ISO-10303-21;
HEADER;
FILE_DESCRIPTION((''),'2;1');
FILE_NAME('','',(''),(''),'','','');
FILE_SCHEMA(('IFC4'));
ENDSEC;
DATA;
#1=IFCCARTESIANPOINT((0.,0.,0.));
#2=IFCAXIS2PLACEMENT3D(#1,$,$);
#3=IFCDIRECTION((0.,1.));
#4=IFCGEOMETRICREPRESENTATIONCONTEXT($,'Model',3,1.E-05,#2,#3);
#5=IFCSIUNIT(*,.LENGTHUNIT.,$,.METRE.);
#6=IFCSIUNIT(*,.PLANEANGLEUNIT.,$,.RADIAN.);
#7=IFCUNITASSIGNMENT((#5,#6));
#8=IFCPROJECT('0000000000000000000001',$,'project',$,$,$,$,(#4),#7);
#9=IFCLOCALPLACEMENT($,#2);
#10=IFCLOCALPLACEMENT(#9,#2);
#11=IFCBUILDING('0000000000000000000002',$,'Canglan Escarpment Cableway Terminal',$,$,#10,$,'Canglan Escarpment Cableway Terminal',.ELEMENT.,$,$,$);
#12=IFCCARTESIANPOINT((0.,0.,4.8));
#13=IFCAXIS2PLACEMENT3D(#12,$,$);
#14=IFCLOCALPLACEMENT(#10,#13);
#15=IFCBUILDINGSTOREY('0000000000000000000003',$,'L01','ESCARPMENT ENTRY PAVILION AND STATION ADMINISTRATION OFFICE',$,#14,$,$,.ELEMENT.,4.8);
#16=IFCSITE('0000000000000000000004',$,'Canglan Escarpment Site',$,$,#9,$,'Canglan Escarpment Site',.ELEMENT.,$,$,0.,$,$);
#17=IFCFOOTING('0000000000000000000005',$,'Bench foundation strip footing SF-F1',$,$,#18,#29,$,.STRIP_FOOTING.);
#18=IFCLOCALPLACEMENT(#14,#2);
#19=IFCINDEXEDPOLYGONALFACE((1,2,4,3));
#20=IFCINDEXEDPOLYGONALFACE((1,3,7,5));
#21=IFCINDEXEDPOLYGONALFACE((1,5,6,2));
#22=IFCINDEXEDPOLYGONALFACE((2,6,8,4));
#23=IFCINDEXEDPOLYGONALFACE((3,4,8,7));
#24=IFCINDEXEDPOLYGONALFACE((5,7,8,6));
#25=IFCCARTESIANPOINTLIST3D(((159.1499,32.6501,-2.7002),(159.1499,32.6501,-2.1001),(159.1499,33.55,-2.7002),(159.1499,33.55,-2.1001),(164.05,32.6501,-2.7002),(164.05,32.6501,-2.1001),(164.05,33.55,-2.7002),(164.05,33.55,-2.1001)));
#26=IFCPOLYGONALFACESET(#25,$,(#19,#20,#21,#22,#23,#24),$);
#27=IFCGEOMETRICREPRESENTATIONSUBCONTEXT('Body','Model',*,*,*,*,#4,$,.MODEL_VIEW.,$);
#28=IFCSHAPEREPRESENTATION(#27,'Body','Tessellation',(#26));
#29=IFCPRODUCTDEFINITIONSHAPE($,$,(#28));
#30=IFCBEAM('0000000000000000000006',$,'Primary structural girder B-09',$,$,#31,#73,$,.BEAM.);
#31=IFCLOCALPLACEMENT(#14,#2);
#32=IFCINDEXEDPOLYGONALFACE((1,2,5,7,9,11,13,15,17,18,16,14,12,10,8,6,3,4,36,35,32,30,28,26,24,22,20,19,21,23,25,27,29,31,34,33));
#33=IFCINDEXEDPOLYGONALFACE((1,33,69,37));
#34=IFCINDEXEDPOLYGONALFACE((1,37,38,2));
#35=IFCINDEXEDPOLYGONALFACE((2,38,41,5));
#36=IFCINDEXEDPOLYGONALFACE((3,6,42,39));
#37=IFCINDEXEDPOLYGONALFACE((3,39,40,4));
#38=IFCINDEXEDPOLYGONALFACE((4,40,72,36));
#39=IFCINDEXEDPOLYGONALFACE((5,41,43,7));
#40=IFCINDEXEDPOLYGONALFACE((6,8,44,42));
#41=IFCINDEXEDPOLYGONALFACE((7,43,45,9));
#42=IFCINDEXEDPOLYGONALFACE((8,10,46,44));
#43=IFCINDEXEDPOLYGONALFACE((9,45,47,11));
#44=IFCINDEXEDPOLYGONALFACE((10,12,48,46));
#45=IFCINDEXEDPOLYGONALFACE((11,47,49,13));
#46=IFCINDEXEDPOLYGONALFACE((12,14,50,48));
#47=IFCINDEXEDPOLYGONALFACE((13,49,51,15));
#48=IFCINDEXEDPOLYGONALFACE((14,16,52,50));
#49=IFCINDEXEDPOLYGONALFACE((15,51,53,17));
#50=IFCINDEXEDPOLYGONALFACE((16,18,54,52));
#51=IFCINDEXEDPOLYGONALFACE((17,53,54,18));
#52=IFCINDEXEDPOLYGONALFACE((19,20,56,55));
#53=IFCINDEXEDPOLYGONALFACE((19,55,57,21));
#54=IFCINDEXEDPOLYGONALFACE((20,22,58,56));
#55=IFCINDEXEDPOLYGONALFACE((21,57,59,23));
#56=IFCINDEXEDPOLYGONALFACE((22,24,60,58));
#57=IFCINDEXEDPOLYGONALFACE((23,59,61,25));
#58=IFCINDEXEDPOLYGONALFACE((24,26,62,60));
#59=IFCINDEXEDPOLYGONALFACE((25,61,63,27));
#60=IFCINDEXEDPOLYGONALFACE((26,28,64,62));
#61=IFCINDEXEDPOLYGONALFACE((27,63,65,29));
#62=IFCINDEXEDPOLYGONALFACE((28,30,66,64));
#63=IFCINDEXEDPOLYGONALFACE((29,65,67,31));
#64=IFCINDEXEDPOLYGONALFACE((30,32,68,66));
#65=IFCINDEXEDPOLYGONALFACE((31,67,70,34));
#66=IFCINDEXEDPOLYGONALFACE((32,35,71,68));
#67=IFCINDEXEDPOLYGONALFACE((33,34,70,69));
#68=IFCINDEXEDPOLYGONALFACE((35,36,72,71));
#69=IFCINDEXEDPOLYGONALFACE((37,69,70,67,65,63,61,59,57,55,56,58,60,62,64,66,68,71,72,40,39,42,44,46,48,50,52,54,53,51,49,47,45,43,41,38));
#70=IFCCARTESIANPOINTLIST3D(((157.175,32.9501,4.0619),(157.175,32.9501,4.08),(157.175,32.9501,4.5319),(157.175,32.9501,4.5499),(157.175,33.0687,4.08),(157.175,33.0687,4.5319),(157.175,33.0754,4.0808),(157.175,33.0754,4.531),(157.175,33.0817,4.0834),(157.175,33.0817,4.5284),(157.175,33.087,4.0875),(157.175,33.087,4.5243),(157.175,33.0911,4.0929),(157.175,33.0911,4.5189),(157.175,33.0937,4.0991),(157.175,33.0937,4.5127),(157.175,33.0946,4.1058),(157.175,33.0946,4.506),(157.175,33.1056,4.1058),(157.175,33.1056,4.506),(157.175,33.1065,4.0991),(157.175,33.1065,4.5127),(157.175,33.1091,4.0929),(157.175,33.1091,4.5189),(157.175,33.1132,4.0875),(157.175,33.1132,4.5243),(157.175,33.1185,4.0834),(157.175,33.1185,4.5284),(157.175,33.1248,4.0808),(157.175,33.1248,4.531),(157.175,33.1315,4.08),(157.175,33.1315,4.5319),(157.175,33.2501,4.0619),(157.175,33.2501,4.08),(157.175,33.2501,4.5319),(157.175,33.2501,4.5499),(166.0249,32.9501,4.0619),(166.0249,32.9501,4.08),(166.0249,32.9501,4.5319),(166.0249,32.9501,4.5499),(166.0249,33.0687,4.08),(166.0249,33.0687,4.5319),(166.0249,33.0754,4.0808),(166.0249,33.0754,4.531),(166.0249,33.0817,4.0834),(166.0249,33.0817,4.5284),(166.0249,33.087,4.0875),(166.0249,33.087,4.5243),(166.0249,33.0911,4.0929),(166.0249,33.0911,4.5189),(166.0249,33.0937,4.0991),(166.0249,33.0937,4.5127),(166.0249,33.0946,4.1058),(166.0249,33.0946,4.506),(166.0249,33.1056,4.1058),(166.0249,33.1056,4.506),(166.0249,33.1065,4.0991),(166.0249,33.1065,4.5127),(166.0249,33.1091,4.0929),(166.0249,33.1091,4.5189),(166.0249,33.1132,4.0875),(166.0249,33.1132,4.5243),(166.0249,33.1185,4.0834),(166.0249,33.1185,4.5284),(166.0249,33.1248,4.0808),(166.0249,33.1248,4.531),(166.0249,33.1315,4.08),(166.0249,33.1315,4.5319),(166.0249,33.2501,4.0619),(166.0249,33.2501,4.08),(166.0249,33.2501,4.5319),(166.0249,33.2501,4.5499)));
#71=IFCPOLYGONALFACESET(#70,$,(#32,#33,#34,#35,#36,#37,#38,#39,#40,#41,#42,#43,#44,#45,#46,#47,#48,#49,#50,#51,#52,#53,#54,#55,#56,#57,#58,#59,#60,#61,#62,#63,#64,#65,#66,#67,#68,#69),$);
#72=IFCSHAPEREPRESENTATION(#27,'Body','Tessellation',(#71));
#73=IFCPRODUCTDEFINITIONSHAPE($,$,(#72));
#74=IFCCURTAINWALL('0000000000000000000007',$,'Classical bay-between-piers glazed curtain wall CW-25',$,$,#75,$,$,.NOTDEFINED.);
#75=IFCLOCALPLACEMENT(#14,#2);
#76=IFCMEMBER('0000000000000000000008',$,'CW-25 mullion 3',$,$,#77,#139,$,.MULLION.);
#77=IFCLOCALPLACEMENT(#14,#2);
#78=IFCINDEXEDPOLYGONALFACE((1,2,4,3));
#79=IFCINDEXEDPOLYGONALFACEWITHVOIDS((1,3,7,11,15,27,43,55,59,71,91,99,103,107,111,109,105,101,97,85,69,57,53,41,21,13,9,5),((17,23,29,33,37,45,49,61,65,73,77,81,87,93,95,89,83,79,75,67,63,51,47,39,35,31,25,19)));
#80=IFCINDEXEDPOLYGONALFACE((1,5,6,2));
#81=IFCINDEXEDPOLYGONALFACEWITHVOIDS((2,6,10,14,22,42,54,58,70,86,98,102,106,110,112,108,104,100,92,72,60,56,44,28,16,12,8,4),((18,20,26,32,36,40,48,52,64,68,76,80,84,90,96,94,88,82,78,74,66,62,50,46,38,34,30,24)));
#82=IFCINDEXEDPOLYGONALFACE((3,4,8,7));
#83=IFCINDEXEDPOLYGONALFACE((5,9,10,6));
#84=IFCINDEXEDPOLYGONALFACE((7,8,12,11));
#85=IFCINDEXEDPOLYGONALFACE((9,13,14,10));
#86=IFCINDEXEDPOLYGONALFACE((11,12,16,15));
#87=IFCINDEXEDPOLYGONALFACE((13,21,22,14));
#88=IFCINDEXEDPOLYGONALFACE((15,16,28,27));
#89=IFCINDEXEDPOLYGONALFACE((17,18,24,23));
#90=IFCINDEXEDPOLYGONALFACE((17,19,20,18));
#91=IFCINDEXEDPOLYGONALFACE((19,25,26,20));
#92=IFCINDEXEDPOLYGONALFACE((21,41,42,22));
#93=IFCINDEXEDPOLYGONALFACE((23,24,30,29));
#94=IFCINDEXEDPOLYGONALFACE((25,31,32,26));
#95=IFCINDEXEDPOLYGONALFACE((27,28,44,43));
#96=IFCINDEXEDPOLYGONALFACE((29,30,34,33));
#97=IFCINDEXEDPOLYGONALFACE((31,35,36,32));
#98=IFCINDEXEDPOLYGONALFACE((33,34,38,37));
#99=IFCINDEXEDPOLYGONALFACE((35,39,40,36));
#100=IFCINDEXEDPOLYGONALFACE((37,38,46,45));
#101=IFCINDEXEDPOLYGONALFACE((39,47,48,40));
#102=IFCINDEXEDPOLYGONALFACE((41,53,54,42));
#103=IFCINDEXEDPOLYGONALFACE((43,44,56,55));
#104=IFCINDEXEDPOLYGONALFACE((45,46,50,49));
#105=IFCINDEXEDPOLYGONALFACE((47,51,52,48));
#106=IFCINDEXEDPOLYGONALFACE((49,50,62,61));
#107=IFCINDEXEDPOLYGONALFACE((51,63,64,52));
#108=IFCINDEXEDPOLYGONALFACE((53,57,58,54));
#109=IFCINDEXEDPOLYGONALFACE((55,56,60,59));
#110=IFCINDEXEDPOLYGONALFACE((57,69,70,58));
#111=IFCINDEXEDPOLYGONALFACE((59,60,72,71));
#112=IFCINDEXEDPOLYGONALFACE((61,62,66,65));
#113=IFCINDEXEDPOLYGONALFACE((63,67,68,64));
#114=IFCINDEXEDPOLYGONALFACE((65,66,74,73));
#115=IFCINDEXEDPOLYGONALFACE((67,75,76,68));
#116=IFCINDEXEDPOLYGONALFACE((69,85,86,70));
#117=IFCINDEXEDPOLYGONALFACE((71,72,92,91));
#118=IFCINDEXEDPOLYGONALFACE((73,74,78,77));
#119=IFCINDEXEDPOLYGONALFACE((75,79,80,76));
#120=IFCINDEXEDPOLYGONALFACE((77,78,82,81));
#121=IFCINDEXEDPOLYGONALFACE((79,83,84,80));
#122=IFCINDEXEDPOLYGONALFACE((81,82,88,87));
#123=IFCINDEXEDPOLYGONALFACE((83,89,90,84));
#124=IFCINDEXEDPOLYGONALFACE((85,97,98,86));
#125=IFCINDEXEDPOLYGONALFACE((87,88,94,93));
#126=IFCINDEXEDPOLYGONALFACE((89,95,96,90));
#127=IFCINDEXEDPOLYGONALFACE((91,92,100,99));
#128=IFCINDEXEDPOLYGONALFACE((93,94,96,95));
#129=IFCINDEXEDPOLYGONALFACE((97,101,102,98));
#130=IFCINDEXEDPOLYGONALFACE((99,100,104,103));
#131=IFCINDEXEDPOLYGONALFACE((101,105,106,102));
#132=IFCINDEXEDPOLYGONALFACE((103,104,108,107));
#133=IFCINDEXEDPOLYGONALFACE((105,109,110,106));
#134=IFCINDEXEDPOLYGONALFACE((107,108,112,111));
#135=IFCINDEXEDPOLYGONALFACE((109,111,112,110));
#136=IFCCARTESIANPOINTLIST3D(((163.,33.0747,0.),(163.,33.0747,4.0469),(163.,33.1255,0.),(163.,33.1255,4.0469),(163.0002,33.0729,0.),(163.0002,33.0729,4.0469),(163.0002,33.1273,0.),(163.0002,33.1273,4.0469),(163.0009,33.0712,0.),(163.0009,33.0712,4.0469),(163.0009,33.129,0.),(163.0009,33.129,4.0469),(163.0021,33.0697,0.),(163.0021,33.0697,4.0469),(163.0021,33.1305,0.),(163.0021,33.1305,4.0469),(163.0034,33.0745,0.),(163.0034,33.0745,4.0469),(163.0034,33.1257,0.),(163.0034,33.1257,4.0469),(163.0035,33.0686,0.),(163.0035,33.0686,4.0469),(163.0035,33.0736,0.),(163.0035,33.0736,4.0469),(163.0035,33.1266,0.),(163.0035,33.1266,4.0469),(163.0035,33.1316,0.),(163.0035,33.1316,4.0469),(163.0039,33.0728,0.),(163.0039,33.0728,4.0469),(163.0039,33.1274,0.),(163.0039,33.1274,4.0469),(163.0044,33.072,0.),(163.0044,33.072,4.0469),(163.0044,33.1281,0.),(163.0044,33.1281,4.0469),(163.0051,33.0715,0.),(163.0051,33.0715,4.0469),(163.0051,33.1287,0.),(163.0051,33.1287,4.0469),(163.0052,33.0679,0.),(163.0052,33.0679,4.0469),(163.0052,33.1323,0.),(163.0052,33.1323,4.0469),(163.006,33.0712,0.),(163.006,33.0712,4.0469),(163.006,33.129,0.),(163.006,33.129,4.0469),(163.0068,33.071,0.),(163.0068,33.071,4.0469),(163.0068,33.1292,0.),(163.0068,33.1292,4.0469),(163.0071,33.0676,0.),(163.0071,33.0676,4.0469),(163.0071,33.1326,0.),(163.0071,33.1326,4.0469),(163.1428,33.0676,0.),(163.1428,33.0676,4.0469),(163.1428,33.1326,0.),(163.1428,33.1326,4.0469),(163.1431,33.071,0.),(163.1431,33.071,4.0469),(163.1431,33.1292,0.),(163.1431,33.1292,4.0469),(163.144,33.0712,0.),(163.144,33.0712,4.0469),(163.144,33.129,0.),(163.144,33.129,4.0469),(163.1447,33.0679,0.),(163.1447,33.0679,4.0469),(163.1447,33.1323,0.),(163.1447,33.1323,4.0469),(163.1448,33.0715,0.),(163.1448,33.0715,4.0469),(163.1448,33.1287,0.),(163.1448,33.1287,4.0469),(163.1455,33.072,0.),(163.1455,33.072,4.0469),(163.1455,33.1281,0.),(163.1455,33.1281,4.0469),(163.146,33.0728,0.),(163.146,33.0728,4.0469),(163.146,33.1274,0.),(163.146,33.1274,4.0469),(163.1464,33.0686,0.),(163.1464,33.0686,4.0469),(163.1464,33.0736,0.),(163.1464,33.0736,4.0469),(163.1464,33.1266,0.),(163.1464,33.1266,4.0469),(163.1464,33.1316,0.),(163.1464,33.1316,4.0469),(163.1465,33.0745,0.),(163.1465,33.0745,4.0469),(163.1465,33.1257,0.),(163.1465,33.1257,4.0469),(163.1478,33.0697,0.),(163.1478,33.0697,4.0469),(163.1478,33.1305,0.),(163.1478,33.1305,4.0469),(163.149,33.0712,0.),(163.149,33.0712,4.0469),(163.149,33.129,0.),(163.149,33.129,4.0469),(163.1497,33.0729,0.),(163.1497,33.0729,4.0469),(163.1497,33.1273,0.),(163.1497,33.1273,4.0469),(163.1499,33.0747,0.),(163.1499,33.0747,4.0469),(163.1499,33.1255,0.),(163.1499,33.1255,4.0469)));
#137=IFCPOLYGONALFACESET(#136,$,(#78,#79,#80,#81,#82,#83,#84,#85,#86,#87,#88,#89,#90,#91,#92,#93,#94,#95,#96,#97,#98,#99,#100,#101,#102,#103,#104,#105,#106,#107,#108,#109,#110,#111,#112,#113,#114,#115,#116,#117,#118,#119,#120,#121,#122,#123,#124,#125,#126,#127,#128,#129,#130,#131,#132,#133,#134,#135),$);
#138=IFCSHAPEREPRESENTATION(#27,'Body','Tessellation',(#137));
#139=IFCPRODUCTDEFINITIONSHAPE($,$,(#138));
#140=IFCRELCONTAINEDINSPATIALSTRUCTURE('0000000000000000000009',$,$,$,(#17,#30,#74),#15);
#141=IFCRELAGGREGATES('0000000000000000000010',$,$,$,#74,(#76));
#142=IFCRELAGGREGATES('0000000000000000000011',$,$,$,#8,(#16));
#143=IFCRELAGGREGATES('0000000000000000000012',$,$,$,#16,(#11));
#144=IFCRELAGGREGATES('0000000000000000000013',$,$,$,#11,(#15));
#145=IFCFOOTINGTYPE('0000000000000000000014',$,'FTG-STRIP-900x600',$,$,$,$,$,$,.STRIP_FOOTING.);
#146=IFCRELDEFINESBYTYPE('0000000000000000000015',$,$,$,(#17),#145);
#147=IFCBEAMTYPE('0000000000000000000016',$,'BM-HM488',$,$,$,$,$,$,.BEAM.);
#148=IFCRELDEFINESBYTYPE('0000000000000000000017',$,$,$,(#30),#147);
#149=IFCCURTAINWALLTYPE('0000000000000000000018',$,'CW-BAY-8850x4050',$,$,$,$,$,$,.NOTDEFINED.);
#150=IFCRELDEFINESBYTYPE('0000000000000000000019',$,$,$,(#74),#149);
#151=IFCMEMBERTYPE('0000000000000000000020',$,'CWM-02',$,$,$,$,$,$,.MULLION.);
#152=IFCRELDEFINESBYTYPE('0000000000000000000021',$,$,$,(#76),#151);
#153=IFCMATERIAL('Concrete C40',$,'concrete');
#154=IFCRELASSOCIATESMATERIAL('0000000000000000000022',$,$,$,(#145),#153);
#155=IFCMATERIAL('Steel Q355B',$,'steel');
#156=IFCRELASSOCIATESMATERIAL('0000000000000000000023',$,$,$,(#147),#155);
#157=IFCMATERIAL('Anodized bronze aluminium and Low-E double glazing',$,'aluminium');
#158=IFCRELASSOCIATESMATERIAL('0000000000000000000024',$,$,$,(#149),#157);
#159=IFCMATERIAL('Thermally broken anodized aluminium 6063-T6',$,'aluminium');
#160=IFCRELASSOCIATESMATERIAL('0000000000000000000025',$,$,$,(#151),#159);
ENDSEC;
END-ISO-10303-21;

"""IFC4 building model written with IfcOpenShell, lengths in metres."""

from ifc_helpers import new_model, si_unit, direction, frame, origin, origin_2d, place, context, subcontext, project, spatial, rectangle, hollow_rectangle, i_section, extrude, material, material_profile, profile_set, type_object, element, aggregate, save


model = new_model("IFC4")

# Units and contexts
model_context = context("Model", 3, precision=1e-05, world=origin(), true_north=direction((0.0, 1.0)))
body_context = subcontext(model_context, "Body", "Model", "MODEL_VIEW")
ifc_project = project(units=[si_unit("LENGTHUNIT", "METRE"), si_unit("PLANEANGLEUNIT", "RADIAN")], contexts=[model_context])

# Site, building, storey
site_placement = place(None, origin())
site = spatial("IfcSite", under=ifc_project, at=site_placement, Name="Canglan Escarpment Site", LongName="Canglan Escarpment Site", CompositionType="ELEMENT", RefElevation=0.0)
building_placement = place(site_placement, origin())
building = spatial("IfcBuilding", under=site, at=building_placement, Name="Canglan Escarpment Cableway Terminal", LongName="Canglan Escarpment Cableway Terminal", CompositionType="ELEMENT")
storey_placement = place(building_placement, frame((0.0, 0.0, 4.8)))
storey = spatial("IfcBuildingStorey", under=building, at=storey_placement, Name="L01", Description="ESCARPMENT ENTRY PAVILION AND STATION ADMINISTRATION OFFICE", CompositionType="ELEMENT", Elevation=4.8)

# Footing
ifc_material_1 = material(Name="Concrete C40", Category="concrete")
ifc_material_profile_1 = material_profile(ifc_material_1, rectangle(XDim=0.8999, YDim=0.6001, at=origin_2d()), Name="SF 900x600")
ifc_profile_set_1 = profile_set([ifc_material_profile_1], Name="Concrete C40")
footing_type = type_object("IfcFootingType", Name="FTG-STRIP-900x600", PredefinedType="STRIP_FOOTING", material=ifc_profile_set_1)
footing_placement = place(storey_placement, frame((159.1499, 33.1001, -2.4001), z_axis=(1.0, 0.0, 0.0), x_axis=(0.0, 1.0, 0.0)))
element("IfcFooting", 1, at=footing_placement, inside=storey, type_object=footing_type, Name="Bench foundation strip footing SF-F1", PredefinedType="STRIP_FOOTING", context=body_context, shape_type="SweptSolid", body=[
    extrude(rectangle(XDim=0.8999, YDim=0.6001, at=origin_2d()), origin(), (0.0, 0.0, 1.0), 4.9001),
])

# Beam
ifc_material_2 = material(Name="Steel Q355B", Category="steel")
ifc_material_profile_2 = material_profile(ifc_material_2, i_section(OverallWidth=0.3, OverallDepth=0.488, WebThickness=0.011, FlangeThickness=0.0181, FilletRadius=0.0259, at=origin_2d()), Name="HM 488x300x11x18")
ifc_profile_set_2 = profile_set([ifc_material_profile_2], Name="Steel Q355B")
beam_type = type_object("IfcBeamType", Name="BM-HM488", PredefinedType="BEAM", material=ifc_profile_set_2)
beam_placement = place(storey_placement, frame((157.175, 33.1001, 4.3059), z_axis=(1.0, 0.0, 0.0), x_axis=(0.0, 1.0, 0.0)))
element("IfcBeam", 2, at=beam_placement, inside=storey, type_object=beam_type, Name="Primary structural girder B-09", PredefinedType="BEAM", context=body_context, shape_type="SweptSolid", body=[
    extrude(i_section(OverallWidth=0.3, OverallDepth=0.488, WebThickness=0.011, FlangeThickness=0.0181, FilletRadius=0.0259, at=origin_2d()), origin(), (0.0, 0.0, 1.0), 8.8499),
])

# Curtain wall, member
ifc_material_3 = material(Name="Anodized bronze aluminium and Low-E double glazing", Category="aluminium")
curtain_wall_type = type_object("IfcCurtainWallType", Name="CW-BAY-8850x4050", PredefinedType="NOTDEFINED", material=ifc_material_3)
curtain_wall_placement = place(storey_placement, origin())
curtain_wall = element("IfcCurtainWall", 3, at=curtain_wall_placement, inside=storey, type_object=curtain_wall_type, Name="Classical bay-between-piers glazed curtain wall CW-25", PredefinedType="NOTDEFINED")
ifc_material_4 = material(Name="Thermally broken anodized aluminium 6063-T6", Category="aluminium")
ifc_material_profile_3 = material_profile(ifc_material_4, hollow_rectangle(XDim=0.0649, YDim=0.1499, WallThickness=0.0034, InnerFilletRadius=0.0034, OuterFilletRadius=0.0071, at=origin_2d()), Name="ALU-MULL 65x150x3.5")
ifc_profile_set_3 = profile_set([ifc_material_profile_3], Name="Thermally broken anodized aluminium 6063-T6")
member_type_1 = type_object("IfcMemberType", Name="CWM-02", PredefinedType="MULLION", material=ifc_profile_set_3)
member_1_placement = place(storey_placement, frame((163.075, 33.1001, 0.0), z_axis=(0.0, 0.0, 1.0), x_axis=(0.0, -1.0, 0.0)))
member_1 = element("IfcMember", 4, at=member_1_placement, type_object=member_type_1, Name="CW-25 mullion 3", PredefinedType="MULLION", context=body_context, shape_type="SweptSolid", body=[
    extrude(hollow_rectangle(XDim=0.0649, YDim=0.1499, WallThickness=0.0034, InnerFilletRadius=0.0034, OuterFilletRadius=0.0071, at=origin_2d()), origin(), (0.0, 0.0, 1.0), 4.0469),
])
aggregate(curtain_wall, [member_1])

save(model, "model.ifc")
